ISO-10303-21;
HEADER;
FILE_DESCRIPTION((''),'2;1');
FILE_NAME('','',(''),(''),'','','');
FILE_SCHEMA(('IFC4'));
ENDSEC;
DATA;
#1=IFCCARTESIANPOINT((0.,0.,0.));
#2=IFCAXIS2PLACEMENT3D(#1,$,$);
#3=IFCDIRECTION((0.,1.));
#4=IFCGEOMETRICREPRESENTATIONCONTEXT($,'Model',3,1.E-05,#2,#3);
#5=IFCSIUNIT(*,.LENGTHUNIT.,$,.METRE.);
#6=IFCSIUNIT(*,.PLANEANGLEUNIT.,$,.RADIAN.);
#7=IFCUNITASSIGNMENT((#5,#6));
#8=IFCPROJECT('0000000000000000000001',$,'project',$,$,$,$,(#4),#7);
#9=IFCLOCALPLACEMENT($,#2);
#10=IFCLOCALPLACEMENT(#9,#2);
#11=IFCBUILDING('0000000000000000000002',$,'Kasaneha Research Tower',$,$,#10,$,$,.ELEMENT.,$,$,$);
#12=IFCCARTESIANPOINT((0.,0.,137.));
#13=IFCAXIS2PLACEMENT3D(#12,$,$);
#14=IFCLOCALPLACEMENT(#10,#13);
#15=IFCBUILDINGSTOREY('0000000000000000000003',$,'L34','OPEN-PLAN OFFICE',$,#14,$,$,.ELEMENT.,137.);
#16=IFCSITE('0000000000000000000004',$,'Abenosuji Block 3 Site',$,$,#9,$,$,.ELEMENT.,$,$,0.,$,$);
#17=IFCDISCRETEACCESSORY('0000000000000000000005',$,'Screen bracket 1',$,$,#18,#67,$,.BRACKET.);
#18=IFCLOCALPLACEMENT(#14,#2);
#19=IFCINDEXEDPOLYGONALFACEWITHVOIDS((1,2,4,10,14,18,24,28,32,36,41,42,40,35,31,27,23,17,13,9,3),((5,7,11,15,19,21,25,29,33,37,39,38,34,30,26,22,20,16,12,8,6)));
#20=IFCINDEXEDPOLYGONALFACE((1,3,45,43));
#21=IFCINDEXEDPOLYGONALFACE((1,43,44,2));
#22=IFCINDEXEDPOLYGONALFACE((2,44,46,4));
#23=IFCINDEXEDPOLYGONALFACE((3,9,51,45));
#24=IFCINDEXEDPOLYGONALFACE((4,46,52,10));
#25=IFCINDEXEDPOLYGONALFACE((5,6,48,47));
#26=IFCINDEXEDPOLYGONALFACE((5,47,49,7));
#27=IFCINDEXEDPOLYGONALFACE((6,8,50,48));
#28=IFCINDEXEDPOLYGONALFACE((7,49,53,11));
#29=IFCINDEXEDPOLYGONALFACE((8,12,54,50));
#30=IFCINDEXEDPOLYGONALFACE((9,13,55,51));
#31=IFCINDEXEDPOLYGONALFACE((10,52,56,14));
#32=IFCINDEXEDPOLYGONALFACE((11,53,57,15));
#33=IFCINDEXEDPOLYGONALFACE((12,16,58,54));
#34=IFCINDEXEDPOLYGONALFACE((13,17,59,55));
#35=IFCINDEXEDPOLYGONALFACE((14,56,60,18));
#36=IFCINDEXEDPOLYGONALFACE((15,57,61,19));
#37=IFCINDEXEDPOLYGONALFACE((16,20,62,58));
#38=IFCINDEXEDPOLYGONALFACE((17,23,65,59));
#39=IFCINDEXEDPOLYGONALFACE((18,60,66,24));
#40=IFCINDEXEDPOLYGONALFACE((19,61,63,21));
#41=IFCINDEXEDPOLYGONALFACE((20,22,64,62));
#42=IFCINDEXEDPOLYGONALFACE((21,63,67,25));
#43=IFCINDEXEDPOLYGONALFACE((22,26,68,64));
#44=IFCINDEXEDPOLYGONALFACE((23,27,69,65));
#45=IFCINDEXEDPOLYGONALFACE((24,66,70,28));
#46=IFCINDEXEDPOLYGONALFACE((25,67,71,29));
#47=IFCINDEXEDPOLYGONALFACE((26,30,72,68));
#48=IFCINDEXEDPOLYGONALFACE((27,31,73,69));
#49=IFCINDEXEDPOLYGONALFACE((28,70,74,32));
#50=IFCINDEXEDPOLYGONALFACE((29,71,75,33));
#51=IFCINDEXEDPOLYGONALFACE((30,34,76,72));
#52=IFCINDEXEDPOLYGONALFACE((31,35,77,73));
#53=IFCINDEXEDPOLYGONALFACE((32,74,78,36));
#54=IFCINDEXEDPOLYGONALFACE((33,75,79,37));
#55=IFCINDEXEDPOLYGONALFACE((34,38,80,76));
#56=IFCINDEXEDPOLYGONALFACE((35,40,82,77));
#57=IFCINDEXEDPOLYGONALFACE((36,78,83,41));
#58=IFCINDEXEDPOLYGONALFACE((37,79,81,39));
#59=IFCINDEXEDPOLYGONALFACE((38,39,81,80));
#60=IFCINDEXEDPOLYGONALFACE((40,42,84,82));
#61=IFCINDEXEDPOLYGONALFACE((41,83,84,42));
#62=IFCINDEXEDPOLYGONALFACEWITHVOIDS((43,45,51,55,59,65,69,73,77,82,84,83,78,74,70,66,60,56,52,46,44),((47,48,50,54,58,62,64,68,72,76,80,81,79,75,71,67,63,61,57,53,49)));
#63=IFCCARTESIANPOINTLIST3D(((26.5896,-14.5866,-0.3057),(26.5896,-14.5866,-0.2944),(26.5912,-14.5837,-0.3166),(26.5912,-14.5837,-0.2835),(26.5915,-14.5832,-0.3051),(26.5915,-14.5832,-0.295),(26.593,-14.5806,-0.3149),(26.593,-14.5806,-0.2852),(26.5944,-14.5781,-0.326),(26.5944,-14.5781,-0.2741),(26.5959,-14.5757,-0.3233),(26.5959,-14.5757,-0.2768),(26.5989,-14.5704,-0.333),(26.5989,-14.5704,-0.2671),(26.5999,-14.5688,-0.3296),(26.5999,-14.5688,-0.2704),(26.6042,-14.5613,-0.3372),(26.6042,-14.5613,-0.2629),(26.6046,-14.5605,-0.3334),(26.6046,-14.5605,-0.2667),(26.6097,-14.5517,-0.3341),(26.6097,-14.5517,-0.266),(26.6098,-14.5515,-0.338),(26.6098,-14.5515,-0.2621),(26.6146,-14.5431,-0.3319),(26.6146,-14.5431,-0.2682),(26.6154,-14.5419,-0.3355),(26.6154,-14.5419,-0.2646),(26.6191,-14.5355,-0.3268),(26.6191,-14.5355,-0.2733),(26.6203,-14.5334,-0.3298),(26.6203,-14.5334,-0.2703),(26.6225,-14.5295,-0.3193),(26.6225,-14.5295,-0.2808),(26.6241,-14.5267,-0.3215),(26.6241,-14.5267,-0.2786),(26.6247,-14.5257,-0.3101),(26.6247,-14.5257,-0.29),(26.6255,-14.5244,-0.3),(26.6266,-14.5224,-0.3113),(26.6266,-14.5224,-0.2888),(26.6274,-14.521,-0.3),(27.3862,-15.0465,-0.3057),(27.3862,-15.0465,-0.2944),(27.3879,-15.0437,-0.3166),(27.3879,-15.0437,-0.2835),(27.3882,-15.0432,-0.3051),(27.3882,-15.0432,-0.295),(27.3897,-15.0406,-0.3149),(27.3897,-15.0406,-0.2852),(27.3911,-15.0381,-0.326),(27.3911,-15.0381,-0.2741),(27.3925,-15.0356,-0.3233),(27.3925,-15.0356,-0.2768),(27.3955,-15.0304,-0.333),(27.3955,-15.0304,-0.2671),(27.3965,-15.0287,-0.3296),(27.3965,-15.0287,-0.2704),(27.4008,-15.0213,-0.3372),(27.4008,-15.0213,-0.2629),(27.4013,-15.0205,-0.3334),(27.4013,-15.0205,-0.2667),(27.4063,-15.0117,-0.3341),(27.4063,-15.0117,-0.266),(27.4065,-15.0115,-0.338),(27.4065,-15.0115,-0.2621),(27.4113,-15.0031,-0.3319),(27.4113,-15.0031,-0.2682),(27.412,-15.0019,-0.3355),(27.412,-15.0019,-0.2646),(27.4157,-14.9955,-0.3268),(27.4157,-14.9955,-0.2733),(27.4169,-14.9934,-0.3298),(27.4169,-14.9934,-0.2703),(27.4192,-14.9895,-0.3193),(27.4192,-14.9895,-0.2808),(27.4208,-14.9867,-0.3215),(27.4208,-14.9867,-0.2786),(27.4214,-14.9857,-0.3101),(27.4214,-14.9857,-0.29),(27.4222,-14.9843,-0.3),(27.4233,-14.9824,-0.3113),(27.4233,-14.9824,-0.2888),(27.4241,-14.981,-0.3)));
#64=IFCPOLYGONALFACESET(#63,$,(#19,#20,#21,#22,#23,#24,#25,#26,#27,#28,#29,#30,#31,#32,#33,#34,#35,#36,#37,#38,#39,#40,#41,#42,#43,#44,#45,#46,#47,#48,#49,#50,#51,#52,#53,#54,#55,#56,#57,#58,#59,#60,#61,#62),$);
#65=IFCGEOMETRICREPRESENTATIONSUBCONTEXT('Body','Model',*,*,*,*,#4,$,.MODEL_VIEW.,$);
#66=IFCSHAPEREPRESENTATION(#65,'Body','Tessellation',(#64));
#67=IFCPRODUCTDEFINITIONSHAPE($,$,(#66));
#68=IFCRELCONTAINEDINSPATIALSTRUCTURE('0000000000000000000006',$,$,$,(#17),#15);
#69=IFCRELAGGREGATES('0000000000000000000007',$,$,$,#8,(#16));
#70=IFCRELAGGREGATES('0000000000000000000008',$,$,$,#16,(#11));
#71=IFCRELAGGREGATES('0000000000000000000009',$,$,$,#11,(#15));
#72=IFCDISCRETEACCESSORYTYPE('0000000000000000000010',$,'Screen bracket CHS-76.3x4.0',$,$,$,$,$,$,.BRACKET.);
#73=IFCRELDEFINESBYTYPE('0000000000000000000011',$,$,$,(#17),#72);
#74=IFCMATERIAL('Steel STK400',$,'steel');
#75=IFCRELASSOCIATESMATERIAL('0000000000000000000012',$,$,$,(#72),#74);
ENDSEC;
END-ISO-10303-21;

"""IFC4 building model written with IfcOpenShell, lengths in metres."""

from ifc_helpers import new_model, si_unit, direction, frame, origin, origin_2d, place, context, subcontext, project, spatial, hollow_circle, extrude, material, material_profile, profile_set, type_object, element, save


model = new_model("IFC4")

# Units and contexts
model_context = context("Model", 3, precision=1e-05, world=origin(), true_north=direction((0.0, 1.0)))
body_context = subcontext(model_context, "Body", "Model", "MODEL_VIEW")
ifc_project = project(units=[si_unit("LENGTHUNIT", "METRE"), si_unit("PLANEANGLEUNIT", "RADIAN")], contexts=[model_context])

# Site, building, storey
site_placement = place(None, origin())
site = spatial("IfcSite", under=ifc_project, at=site_placement, Name="Abenosuji Block 3 Site", CompositionType="ELEMENT", RefElevation=0.0)
building_placement = place(site_placement, origin())
building = spatial("IfcBuilding", under=site, at=building_placement, Name="Kasaneha Research Tower", CompositionType="ELEMENT")
storey_placement = place(building_placement, frame((0.0, 0.0, 137.0)))
storey = spatial("IfcBuildingStorey", under=building, at=storey_placement, Name="L34", Description="OPEN-PLAN OFFICE", CompositionType="ELEMENT", Elevation=137.0)

# Discrete accessory
ifc_material_1 = material(Name="Steel STK400", Category="steel")
ifc_material_profile_1 = material_profile(ifc_material_1, hollow_circle(Radius=0.0381, WallThickness=0.0039, at=origin_2d()), Name="CHS-76.3x4.0")
ifc_profile_set_1 = profile_set([ifc_material_profile_1], Name="Steel STK400")
discrete_accessory_type = type_object("IfcDiscreteAccessoryType", Name="Screen bracket CHS-76.3x4.0", PredefinedType="BRACKET", material=ifc_profile_set_1)
for number, where, z_axis, x_axis, name in (
    (1, (26.6084, -14.554, -0.3), (0.866013, -0.500021, 0.0), (0.500021, 0.866013, 0.0), "Screen bracket 1"),
):
    element("IfcDiscreteAccessory", number, at=place(storey_placement, frame(where, z_axis=z_axis, x_axis=x_axis)), inside=storey, type_object=discrete_accessory_type, Name=name, PredefinedType="BRACKET", context=body_context, shape_type="SweptSolid", body=[
        extrude(hollow_circle(Radius=0.0381, WallThickness=0.0039, at=origin_2d()), origin(), (0.0, 0.0, 1.0), 0.9199),
    ])

save(model, "model.ifc")
